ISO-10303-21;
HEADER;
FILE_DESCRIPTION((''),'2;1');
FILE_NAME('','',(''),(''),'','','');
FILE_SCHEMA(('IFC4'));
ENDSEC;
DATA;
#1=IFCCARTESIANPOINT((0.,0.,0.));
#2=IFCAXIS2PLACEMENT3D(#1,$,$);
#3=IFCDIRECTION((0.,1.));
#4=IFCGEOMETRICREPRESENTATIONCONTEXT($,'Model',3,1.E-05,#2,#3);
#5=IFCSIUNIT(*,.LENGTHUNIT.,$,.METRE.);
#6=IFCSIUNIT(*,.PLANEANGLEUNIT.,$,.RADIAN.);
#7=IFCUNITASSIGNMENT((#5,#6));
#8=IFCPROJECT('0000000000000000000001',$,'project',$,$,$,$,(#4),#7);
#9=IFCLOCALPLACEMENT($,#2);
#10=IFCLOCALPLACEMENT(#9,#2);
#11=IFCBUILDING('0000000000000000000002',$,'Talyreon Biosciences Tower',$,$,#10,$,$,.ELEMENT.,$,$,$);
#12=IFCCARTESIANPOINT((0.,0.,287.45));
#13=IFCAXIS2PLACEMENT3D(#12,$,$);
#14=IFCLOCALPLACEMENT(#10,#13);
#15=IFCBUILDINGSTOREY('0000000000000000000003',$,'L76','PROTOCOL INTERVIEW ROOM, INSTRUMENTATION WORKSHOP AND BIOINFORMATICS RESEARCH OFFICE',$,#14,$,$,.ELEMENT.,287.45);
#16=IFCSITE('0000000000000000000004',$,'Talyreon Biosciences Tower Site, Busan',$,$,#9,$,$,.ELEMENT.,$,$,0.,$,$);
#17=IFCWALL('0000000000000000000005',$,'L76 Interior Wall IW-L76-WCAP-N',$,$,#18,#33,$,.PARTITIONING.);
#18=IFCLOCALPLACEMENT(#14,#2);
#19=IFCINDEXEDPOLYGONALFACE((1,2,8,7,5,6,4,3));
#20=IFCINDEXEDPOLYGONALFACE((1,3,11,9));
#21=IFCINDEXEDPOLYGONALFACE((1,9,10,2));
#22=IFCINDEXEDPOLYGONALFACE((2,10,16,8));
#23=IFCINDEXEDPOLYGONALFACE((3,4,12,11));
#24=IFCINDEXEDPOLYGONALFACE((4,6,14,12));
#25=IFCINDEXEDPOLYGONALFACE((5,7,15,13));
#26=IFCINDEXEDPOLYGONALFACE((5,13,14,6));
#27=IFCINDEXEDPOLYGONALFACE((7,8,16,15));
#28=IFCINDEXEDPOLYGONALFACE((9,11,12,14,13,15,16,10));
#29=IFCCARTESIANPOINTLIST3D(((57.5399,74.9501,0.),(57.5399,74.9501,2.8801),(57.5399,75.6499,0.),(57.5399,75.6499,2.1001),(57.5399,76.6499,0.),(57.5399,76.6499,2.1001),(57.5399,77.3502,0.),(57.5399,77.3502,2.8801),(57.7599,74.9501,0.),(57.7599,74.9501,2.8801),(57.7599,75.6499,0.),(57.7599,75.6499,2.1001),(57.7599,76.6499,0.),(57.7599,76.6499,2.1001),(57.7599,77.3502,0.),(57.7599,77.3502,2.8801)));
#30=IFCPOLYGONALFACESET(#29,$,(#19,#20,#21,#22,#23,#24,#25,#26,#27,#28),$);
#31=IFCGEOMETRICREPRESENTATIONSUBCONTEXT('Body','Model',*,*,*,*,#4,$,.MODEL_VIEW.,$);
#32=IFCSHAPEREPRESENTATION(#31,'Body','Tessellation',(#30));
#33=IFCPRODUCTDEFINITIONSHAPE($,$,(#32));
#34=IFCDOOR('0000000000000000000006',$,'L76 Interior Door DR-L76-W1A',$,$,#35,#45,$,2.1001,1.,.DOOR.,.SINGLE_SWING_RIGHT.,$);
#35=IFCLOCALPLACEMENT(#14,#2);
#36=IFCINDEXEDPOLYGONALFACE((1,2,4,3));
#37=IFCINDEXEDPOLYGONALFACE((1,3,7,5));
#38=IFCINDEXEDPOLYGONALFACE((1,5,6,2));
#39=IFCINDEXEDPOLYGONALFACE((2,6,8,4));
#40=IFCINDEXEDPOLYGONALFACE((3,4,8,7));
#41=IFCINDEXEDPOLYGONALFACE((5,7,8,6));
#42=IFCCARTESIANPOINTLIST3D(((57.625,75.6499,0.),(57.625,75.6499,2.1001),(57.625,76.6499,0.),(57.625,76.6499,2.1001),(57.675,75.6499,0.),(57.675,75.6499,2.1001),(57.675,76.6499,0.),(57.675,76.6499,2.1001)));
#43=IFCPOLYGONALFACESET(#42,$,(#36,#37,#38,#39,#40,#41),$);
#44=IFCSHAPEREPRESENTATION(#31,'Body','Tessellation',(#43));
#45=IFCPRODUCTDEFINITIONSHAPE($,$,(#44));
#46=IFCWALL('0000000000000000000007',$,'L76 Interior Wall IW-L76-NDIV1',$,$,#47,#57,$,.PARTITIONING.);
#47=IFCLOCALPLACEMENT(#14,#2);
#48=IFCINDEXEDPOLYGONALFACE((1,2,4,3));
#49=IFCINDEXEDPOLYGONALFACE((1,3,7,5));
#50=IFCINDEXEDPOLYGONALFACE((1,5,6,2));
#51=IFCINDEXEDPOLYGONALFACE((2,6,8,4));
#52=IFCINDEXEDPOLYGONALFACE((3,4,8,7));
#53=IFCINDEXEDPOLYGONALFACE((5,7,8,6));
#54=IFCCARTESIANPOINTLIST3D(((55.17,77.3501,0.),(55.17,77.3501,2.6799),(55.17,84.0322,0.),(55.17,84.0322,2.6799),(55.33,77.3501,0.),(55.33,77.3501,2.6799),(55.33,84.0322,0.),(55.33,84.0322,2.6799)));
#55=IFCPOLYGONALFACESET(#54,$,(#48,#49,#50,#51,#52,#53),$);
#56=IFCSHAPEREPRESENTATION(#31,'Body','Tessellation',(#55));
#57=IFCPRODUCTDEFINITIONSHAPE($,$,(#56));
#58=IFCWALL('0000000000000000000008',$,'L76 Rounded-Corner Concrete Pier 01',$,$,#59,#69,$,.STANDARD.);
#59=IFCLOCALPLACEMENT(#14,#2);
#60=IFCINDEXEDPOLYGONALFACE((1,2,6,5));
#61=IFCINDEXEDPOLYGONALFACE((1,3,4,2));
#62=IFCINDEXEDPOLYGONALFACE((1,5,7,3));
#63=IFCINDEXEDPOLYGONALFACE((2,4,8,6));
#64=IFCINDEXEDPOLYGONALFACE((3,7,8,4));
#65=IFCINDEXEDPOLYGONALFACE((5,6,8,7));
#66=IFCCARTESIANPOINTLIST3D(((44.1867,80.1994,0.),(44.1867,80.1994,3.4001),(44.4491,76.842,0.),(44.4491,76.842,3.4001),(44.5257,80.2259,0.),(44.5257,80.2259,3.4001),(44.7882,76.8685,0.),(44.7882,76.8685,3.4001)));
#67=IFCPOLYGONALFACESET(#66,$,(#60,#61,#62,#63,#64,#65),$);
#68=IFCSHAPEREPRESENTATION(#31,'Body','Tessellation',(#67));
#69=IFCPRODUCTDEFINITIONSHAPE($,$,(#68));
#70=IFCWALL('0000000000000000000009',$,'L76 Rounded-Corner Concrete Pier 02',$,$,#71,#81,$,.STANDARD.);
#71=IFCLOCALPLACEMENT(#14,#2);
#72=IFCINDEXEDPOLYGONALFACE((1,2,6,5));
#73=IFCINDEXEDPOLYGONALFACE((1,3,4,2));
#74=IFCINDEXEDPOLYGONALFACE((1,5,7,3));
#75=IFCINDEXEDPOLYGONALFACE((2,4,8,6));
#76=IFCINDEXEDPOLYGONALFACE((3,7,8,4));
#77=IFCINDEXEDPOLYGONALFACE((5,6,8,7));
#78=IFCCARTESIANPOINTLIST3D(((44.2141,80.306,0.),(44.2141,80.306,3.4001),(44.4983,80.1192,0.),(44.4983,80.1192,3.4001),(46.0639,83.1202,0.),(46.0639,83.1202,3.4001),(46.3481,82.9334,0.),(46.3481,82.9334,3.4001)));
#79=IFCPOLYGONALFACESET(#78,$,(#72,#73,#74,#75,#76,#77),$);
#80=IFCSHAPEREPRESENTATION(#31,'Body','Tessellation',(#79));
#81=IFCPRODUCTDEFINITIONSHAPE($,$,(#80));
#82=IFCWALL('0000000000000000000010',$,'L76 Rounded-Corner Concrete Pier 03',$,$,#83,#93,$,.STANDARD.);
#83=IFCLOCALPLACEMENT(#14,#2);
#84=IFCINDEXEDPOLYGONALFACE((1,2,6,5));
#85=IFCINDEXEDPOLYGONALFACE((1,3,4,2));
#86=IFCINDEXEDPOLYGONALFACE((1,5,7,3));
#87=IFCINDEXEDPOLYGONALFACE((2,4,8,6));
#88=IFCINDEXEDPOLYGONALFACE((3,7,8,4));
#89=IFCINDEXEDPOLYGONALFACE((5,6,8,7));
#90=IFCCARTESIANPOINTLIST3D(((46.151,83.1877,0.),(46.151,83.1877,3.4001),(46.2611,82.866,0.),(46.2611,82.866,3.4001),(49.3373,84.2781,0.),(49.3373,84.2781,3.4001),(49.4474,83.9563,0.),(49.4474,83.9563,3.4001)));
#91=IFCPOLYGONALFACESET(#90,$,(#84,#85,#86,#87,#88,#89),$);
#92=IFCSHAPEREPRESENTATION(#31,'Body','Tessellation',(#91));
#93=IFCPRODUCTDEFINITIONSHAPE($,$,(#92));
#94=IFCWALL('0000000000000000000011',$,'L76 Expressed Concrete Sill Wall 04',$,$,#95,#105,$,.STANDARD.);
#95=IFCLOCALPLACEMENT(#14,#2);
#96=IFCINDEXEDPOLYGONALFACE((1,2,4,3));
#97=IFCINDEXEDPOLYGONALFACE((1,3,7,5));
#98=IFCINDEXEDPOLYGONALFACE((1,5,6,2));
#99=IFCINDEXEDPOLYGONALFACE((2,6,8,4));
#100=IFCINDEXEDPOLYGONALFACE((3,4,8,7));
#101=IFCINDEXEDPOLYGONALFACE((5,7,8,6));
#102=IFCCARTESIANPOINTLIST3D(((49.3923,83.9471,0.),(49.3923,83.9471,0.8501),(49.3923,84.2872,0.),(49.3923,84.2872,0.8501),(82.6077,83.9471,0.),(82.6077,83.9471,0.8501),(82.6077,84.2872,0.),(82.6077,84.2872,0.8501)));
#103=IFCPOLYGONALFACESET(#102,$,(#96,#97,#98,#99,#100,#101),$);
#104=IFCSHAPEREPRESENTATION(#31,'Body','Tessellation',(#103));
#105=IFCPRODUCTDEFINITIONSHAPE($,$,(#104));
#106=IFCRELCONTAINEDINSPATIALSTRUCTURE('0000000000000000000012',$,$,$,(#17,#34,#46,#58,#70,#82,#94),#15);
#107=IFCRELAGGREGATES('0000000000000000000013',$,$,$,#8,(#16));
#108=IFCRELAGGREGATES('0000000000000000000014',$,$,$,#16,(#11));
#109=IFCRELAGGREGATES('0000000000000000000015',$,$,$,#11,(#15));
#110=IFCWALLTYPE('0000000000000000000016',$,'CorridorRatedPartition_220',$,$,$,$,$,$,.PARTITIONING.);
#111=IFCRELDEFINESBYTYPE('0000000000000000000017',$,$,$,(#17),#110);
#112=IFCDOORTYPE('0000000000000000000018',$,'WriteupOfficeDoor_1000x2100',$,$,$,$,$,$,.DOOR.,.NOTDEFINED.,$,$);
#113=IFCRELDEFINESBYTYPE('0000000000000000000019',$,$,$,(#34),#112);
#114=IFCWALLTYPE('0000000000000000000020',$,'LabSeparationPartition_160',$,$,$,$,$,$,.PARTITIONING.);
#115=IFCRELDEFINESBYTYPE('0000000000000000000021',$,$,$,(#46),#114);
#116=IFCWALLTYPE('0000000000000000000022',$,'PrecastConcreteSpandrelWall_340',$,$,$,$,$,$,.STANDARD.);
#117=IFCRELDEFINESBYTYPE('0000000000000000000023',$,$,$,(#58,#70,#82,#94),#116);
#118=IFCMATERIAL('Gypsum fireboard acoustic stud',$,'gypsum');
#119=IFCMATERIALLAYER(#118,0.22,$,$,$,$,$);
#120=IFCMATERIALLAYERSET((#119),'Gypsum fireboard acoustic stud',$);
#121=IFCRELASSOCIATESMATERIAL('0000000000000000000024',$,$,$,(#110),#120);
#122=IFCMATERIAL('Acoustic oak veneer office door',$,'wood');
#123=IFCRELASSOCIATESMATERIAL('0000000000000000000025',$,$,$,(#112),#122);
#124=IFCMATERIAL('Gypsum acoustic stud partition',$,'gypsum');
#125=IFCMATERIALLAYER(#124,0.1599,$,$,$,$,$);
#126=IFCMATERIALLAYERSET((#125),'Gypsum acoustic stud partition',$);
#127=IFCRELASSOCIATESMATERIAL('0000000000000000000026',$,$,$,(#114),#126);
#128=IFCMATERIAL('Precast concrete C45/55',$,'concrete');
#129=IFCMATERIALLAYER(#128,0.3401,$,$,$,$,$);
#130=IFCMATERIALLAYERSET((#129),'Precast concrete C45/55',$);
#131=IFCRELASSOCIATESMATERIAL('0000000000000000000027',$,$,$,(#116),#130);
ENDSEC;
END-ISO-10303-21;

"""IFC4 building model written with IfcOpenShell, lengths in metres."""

from ifc_helpers import new_model, si_unit, direction, frame, frame_2d, origin, place, context, subcontext, project, spatial, rectangle, extrude, material, layer, layer_set, type_object, element, fill, save


model = new_model("IFC4")

# Units and contexts
model_context = context("Model", 3, precision=1e-05, world=origin(), true_north=direction((0.0, 1.0)))
body_context = subcontext(model_context, "Body", "Model", "MODEL_VIEW")
ifc_project = project(units=[si_unit("LENGTHUNIT", "METRE"), si_unit("PLANEANGLEUNIT", "RADIAN")], contexts=[model_context])

# Site, building, storey
site_placement = place(None, origin())
site = spatial("IfcSite", under=ifc_project, at=site_placement, Name="Talyreon Biosciences Tower Site, Busan", CompositionType="ELEMENT", RefElevation=0.0)
building_placement = place(site_placement, origin())
building = spatial("IfcBuilding", under=site, at=building_placement, Name="Talyreon Biosciences Tower", CompositionType="ELEMENT")
storey_placement = place(building_placement, frame((0.0, 0.0, 287.45)))
storey = spatial("IfcBuildingStorey", under=building, at=storey_placement, Name="L76", Description="PROTOCOL INTERVIEW ROOM, INSTRUMENTATION WORKSHOP AND BIOINFORMATICS RESEARCH OFFICE", CompositionType="ELEMENT", Elevation=287.45)

# Shared definitions
ifc_material_1 = material(Name="Precast concrete C45/55", Category="concrete")

# Shared definitions
ifc_material_2 = material(Name="Gypsum fireboard acoustic stud", Category="gypsum")
ifc_layer_1 = layer(ifc_material_2, 0.22)
ifc_layer_set_1 = layer_set([ifc_layer_1], Name="Gypsum fireboard acoustic stud")
wall_type_1 = type_object("IfcWallType", Name="CorridorRatedPartition_220", PredefinedType="PARTITIONING", material=ifc_layer_set_1)
ifc_material_3 = material(Name="Acoustic oak veneer office door", Category="wood")
door_type_1 = type_object("IfcDoorType", Name="WriteupOfficeDoor_1000x2100", OperationType="NOTDEFINED", PredefinedType="DOOR", material=ifc_material_3)

# Wall, opening, door
wall_1_placement = place(storey_placement, frame((57.6499, 74.95, 0.0), z_axis=(0.0, 0.0, 1.0), x_axis=(0.0, 1.0, 0.0)))
wall_1 = element("IfcWall", 1, at=wall_1_placement, inside=storey, type_object=wall_type_1, Name="L76 Interior Wall IW-L76-WCAP-N", PredefinedType="PARTITIONING", context=body_context, shape_type="SweptSolid", body=[
    extrude(rectangle(XDim=2.4001, YDim=0.22, at=frame_2d((1.2002, 0.0))), origin(), (0.0, 0.0, 1.0), 2.8801),
])
opening_1_placement = place(wall_1_placement, frame((0.7, 0.0, 0.0)))
opening_1 = element("IfcOpeningElement", 2, at=opening_1_placement, cuts=wall_1, PredefinedType="OPENING", context=body_context, shape_type="SweptSolid", body=[
    extrude(rectangle(XDim=1.0, YDim=2.1001, at=frame_2d((0.5, 1.05))), frame((0.0, 0.1199, 0.0), z_axis=(0.0, -1.0, 0.0), x_axis=(1.0, 0.0, 0.0)), (0.0, 0.0, 1.0), 0.24),
])
door_1_placement = place(opening_1_placement, origin())
door_1 = element("IfcDoor", 3, at=door_1_placement, inside=storey, type_object=door_type_1, Name="L76 Interior Door DR-L76-W1A", OperationType="SINGLE_SWING_RIGHT", OverallHeight=2.1001, OverallWidth=1.0, PredefinedType="DOOR", context=body_context, shape_type="SweptSolid", body=[
    extrude(rectangle(XDim=1.0, YDim=2.1001, at=frame_2d((0.5, 1.05))), frame((0.0, 0.0249, 0.0), z_axis=(0.0, -1.0, 0.0), x_axis=(1.0, 0.0, 0.0)), (0.0, 0.0, 1.0), 0.05),
])
fill(opening_1, door_1)

# Walls
ifc_material_4 = material(Name="Gypsum acoustic stud partition", Category="gypsum")
ifc_layer_2 = layer(ifc_material_4, 0.1599)
ifc_layer_set_2 = layer_set([ifc_layer_2], Name="Gypsum acoustic stud partition")
wall_type_2 = type_object("IfcWallType", Name="LabSeparationPartition_160", PredefinedType="PARTITIONING", material=ifc_layer_set_2)
wall_2_placement = place(storey_placement, frame((55.25, 77.3501, 0.0), z_axis=(0.0, 0.0, 1.0), x_axis=(0.0, 1.0, 0.0)))
element("IfcWall", 4, at=wall_2_placement, inside=storey, type_object=wall_type_2, Name="L76 Interior Wall IW-L76-NDIV1", PredefinedType="PARTITIONING", context=body_context, shape_type="SweptSolid", body=[
    extrude(rectangle(XDim=6.6821, YDim=0.1599, at=frame_2d((3.3411, 0.0))), origin(), (0.0, 0.0, 1.0), 2.6799),
])
ifc_layer_3 = layer(ifc_material_1, 0.3401)
ifc_layer_set_3 = layer_set([ifc_layer_3], Name="Precast concrete C45/55")
wall_type_3 = type_object("IfcWallType", Name="PrecastConcreteSpandrelWall_340", PredefinedType="STANDARD", material=ifc_layer_set_3)
for number, where, z_axis, x_axis, name in (
    (5, (44.6187, 76.8552, 0.0), (0.0, 0.0, 1.0), (-0.077933, 0.996959, 0.0), "L76 Rounded-Corner Concrete Pier 01"),
    (6, (44.3562, 80.2126, 0.0), (0.0, 0.0, 1.0), (0.549285, 0.835635, 0.0), "L76 Rounded-Corner Concrete Pier 02"),
    (7, (46.2061, 83.0269, 0.0), (0.0, 0.0, 1.0), (0.946138, 0.323765, 0.0), "L76 Rounded-Corner Concrete Pier 03"),
):
    element("IfcWall", number, at=place(storey_placement, frame(where, z_axis=z_axis, x_axis=x_axis)), inside=storey, type_object=wall_type_3, Name=name, PredefinedType="STANDARD", context=body_context, shape_type="SweptSolid", body=[
        extrude(rectangle(XDim=3.3677, YDim=0.3401, at=frame_2d((1.6838, 0.0))), origin(), (0.0, 0.0, 1.0), 3.4001),
    ])
wall_3_placement = place(storey_placement, frame((49.3923, 84.1172, 0.0), z_axis=(0.0, 0.0, 1.0), x_axis=(1.0, 0.0, 0.0)))
element("IfcWall", 8, at=wall_3_placement, inside=storey, type_object=wall_type_3, Name="L76 Expressed Concrete Sill Wall 04", PredefinedType="STANDARD", context=body_context, shape_type="SweptSolid", body=[
    extrude(rectangle(XDim=33.2153, YDim=0.3401, at=frame_2d((16.6077, 0.0))), origin(), (0.0, 0.0, 1.0), 0.8501),
])

save(model, "model.ifc")
